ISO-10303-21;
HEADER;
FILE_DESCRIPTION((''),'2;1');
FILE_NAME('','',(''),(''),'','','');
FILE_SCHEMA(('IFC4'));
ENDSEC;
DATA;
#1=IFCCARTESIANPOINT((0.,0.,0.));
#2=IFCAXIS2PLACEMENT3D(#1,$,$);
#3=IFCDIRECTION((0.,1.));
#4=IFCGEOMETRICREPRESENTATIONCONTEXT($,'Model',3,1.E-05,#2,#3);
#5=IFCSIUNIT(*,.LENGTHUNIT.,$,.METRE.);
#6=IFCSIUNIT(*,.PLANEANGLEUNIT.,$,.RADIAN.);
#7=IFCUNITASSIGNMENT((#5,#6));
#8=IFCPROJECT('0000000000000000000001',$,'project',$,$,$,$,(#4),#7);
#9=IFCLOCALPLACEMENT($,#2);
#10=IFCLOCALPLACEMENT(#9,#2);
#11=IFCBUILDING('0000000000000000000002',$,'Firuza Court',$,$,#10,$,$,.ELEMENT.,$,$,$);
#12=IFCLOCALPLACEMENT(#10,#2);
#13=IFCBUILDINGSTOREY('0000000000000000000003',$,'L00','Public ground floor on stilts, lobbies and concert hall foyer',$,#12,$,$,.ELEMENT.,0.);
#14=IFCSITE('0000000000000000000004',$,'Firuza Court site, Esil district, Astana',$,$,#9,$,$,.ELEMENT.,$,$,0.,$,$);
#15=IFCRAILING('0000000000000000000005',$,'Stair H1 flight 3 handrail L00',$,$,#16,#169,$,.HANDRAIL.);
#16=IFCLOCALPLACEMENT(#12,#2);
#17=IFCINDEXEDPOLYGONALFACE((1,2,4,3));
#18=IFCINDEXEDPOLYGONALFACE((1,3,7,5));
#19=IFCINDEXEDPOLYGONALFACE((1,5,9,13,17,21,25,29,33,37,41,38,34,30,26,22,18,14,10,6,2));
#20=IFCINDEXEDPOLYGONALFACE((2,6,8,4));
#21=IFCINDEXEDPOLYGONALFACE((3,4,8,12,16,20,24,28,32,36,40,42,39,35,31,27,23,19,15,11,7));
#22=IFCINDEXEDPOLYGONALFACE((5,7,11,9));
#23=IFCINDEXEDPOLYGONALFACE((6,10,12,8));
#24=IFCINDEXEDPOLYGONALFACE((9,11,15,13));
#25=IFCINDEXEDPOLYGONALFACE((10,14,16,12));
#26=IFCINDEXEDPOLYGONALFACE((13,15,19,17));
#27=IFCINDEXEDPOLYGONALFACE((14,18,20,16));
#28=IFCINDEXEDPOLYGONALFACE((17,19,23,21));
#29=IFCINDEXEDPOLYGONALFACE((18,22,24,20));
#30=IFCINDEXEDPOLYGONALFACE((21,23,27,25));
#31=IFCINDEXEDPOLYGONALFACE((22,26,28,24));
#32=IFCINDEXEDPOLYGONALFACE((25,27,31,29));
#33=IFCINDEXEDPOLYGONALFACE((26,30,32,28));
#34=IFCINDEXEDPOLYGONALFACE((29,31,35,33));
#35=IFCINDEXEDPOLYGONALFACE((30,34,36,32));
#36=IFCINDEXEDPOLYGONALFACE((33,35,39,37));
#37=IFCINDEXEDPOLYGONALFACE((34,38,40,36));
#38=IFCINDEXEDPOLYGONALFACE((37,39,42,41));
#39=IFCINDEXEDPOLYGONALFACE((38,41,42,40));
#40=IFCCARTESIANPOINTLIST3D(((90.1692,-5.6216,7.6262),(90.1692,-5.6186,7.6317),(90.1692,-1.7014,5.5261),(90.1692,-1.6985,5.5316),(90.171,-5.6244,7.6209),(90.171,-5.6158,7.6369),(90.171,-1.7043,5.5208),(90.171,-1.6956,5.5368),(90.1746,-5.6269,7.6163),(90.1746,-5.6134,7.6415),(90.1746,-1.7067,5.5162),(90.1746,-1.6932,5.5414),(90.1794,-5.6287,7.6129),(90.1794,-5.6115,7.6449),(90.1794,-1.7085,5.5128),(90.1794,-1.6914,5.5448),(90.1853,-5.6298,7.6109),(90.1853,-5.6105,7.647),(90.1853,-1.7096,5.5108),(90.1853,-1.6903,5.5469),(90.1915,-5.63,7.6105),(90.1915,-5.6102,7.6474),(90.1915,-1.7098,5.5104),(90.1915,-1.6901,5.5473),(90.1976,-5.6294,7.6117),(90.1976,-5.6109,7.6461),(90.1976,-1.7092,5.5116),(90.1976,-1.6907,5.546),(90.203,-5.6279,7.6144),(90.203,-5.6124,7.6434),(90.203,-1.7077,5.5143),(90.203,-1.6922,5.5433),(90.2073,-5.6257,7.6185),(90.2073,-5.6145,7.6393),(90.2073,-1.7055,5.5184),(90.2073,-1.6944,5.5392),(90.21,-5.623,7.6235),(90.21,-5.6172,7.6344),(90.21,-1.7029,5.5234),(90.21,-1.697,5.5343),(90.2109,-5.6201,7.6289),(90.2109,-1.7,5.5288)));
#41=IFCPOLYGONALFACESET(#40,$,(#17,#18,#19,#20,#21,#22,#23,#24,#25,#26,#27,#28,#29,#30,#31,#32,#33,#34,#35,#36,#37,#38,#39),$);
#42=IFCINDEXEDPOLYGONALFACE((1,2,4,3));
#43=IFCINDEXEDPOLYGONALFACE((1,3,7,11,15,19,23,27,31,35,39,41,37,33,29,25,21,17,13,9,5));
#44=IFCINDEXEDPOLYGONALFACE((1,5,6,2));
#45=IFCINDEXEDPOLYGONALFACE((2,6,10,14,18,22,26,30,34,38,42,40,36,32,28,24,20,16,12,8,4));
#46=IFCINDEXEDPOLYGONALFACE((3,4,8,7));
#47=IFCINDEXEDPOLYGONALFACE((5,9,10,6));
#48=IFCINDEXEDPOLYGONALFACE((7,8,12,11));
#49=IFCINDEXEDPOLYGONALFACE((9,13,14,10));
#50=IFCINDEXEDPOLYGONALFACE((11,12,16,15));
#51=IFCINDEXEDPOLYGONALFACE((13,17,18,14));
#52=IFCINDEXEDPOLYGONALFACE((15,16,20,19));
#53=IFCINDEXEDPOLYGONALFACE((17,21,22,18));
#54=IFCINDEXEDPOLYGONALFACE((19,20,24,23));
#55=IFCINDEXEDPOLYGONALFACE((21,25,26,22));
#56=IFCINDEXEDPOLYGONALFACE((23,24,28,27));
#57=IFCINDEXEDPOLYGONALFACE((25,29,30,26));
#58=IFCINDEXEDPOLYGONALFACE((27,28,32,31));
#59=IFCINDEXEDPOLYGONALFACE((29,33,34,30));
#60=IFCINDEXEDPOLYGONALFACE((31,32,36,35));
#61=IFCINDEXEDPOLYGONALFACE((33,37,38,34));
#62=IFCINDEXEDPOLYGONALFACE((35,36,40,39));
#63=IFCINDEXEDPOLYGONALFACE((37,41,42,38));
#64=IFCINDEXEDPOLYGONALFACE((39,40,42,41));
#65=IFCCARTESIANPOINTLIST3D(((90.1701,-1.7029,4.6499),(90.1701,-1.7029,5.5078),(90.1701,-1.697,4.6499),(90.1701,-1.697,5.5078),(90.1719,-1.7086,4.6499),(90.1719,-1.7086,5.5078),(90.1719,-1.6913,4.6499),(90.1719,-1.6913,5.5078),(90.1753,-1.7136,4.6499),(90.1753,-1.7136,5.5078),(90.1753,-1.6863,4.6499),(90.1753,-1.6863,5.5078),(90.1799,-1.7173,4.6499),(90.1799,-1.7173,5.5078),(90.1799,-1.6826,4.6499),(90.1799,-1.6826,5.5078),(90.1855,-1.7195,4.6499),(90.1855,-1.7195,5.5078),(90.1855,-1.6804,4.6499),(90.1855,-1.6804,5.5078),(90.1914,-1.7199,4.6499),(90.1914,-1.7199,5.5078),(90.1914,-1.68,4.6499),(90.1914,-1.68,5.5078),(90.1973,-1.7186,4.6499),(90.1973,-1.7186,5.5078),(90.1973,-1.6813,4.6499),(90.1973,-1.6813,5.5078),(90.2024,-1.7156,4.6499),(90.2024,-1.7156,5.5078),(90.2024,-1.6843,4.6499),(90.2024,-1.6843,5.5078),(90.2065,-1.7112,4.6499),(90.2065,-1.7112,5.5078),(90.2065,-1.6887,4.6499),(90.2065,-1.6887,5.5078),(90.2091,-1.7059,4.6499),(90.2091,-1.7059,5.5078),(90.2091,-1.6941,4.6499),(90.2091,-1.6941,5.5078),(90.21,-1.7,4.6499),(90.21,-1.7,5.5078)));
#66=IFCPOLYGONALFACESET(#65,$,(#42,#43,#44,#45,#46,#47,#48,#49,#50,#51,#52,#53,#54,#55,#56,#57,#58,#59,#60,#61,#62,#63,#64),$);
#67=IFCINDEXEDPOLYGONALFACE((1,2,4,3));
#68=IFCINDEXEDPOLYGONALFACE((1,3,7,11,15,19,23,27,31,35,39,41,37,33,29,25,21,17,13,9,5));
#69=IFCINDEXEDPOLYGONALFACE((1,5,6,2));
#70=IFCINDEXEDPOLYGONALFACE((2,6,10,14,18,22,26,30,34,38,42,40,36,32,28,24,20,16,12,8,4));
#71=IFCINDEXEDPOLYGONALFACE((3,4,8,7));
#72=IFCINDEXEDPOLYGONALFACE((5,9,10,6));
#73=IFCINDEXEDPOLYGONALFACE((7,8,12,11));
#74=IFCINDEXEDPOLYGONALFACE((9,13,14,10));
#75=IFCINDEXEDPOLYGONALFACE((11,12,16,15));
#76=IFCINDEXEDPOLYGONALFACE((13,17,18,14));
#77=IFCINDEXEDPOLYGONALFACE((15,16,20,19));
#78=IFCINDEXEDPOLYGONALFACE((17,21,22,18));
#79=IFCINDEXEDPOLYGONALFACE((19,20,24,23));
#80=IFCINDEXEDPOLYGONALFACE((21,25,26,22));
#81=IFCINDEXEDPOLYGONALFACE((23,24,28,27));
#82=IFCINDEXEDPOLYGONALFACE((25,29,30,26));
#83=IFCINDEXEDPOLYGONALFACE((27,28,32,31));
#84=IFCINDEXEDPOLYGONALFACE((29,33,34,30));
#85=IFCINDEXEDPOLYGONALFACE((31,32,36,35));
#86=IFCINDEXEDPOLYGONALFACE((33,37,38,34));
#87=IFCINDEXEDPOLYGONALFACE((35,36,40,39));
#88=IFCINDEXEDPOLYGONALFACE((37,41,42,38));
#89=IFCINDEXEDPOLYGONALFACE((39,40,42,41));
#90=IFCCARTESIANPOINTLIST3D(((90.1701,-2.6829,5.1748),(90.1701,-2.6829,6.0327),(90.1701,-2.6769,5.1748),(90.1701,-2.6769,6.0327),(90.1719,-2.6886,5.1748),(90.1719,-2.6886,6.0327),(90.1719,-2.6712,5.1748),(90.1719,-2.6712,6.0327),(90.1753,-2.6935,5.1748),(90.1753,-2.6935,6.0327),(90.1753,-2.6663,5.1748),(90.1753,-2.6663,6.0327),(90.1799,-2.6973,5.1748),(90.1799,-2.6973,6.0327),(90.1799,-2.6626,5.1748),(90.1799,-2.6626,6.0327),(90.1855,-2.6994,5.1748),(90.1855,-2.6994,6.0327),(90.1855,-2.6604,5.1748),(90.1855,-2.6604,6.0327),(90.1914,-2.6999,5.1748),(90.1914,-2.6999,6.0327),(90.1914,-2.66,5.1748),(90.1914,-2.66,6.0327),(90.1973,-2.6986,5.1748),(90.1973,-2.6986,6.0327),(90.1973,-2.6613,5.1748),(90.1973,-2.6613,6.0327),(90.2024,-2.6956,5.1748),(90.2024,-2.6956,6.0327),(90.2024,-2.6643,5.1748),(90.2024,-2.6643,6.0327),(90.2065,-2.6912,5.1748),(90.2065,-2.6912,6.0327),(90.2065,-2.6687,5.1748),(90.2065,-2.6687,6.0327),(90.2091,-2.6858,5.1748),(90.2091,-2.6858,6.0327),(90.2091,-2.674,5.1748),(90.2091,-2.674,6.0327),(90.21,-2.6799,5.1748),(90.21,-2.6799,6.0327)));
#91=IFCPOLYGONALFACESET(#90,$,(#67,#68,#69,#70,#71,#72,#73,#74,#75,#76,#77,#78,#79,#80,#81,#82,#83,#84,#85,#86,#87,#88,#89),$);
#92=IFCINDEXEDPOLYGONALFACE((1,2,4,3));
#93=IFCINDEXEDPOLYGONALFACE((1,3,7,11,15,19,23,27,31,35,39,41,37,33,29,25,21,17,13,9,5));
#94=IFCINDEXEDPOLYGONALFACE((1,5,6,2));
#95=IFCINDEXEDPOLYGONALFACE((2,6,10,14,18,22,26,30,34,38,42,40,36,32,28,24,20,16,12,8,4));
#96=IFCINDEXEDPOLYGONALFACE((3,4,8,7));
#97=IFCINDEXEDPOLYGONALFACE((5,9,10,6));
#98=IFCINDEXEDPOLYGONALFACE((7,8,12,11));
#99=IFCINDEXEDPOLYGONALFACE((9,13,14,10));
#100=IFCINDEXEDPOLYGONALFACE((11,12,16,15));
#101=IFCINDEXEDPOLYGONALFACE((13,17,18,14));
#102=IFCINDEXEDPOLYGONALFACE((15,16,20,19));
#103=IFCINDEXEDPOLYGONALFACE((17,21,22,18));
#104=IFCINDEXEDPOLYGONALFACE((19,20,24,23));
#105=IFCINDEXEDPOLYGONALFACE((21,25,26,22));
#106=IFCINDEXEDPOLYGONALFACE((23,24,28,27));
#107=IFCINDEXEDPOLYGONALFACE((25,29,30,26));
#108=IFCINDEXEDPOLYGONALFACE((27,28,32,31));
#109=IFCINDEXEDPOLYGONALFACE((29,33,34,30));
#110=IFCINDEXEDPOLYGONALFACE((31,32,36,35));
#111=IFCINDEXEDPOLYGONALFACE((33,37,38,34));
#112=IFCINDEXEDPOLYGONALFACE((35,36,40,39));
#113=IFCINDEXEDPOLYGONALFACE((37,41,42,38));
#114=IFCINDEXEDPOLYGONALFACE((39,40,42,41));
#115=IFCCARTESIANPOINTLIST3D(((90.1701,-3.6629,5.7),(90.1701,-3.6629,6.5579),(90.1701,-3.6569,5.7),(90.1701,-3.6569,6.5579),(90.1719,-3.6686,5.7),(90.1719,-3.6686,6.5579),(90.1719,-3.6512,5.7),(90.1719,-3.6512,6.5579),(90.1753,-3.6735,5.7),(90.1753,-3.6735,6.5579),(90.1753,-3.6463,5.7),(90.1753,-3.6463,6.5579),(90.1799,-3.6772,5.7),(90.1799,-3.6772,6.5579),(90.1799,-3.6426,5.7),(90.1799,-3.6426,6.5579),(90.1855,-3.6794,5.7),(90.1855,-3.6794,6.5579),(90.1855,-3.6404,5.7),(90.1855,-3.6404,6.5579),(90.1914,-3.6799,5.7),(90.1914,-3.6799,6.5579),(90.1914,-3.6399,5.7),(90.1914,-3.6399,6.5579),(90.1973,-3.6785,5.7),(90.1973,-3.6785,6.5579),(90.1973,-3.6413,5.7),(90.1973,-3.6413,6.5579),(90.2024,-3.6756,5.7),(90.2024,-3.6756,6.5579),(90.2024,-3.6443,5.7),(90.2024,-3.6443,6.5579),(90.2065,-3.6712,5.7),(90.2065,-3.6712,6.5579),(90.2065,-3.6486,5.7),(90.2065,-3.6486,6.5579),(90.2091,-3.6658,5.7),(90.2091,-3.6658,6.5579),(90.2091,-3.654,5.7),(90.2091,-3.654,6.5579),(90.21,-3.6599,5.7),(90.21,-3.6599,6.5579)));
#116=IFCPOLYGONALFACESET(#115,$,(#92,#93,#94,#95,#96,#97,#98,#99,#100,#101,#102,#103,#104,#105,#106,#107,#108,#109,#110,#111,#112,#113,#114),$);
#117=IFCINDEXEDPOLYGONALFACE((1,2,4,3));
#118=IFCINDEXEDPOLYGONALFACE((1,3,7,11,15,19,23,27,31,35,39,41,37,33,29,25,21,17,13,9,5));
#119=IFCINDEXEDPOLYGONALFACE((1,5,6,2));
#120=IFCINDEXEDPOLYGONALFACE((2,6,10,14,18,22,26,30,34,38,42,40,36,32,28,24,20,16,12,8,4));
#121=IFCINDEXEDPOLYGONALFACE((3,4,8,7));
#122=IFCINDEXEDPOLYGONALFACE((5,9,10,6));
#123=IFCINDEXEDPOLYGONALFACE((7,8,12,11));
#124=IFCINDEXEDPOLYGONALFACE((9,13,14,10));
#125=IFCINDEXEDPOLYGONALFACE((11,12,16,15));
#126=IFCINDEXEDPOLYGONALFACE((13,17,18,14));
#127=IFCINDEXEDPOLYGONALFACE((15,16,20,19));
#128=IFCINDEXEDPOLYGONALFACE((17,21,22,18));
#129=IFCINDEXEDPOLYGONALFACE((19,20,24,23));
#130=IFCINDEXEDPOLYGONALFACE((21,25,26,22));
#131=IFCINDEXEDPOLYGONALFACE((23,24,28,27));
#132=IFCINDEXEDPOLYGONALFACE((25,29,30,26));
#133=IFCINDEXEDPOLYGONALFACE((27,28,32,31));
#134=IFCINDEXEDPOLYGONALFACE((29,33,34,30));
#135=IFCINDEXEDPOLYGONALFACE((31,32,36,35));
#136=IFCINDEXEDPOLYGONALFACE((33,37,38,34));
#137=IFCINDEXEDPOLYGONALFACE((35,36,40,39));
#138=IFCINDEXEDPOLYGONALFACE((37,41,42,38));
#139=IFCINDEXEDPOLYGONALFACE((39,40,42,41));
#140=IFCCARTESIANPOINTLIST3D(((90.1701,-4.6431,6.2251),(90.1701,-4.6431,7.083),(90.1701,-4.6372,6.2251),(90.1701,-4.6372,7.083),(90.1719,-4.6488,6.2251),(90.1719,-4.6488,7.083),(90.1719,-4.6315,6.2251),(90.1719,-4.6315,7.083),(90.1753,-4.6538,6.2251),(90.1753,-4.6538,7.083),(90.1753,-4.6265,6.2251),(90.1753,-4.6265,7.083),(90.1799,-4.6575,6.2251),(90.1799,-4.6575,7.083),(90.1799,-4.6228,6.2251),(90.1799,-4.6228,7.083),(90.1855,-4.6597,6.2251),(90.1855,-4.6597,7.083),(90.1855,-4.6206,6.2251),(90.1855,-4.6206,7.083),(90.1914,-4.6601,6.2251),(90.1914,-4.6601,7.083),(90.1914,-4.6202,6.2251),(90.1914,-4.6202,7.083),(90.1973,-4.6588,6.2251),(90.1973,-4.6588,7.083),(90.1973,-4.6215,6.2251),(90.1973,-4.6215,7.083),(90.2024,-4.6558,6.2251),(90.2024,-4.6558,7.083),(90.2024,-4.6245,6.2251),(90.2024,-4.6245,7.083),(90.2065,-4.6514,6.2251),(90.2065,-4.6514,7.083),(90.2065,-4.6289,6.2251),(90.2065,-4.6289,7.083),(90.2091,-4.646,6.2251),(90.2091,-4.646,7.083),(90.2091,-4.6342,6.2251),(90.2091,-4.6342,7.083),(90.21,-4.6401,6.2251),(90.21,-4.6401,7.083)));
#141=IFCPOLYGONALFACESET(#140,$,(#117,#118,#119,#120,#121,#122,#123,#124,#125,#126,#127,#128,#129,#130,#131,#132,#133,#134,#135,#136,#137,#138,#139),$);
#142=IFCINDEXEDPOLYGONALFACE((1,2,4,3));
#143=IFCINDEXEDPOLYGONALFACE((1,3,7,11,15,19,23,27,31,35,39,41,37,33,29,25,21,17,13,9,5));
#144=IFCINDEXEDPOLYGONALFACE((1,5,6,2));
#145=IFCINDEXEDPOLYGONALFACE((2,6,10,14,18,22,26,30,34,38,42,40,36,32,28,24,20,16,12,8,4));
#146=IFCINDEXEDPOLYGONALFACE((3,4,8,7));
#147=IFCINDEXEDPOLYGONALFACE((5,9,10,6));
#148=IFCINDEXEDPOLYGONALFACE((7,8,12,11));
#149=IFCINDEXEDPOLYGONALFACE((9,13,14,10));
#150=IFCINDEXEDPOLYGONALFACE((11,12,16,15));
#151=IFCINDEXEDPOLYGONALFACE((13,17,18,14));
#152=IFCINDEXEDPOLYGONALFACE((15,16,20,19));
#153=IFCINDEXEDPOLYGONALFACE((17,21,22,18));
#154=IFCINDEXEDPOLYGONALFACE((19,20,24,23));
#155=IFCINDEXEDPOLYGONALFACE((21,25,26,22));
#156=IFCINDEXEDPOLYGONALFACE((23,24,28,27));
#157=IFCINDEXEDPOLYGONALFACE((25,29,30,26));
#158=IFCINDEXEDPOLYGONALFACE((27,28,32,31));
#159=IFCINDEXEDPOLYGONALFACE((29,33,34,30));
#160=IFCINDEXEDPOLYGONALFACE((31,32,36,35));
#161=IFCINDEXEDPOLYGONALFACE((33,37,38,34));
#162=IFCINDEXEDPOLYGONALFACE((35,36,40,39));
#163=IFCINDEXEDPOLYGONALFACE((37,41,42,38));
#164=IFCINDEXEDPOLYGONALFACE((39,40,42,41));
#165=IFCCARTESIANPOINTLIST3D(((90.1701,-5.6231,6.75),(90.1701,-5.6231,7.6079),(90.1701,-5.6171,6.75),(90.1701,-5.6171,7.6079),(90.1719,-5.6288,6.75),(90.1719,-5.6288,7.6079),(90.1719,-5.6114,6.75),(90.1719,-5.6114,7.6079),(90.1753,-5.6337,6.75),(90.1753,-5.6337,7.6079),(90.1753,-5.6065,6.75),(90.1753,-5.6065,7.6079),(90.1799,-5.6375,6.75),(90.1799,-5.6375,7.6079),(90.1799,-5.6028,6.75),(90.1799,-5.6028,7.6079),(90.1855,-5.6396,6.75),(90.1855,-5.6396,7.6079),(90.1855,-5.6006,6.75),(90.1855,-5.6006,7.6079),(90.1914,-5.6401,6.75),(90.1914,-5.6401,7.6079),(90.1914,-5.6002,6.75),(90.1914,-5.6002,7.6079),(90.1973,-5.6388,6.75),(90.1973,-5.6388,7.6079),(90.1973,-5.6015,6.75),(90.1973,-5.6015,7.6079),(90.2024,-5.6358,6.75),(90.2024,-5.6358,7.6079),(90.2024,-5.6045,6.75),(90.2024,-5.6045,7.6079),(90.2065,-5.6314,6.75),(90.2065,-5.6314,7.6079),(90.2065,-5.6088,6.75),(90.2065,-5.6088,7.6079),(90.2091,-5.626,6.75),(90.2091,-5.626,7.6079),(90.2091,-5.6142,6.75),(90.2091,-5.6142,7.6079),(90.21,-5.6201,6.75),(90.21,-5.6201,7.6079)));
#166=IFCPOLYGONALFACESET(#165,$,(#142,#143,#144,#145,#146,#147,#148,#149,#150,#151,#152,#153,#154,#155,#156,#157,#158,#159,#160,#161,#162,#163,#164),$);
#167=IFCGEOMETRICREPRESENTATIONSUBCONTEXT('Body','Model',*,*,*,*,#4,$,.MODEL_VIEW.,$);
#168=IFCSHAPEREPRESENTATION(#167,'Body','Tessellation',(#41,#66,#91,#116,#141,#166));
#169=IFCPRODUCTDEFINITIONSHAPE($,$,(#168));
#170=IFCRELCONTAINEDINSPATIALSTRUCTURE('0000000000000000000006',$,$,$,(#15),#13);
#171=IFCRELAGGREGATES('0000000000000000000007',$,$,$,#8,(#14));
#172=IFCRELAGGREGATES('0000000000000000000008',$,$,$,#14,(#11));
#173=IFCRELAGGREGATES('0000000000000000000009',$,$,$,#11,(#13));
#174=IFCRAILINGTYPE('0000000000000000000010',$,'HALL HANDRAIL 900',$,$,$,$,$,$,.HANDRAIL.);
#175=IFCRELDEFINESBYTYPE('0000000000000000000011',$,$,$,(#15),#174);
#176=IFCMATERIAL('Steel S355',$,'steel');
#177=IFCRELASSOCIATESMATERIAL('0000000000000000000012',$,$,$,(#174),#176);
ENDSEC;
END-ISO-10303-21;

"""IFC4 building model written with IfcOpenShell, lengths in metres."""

from ifc_helpers import new_model, si_unit, direction, frame, origin, origin_2d, place, context, subcontext, project, spatial, circle, extrude, material, type_object, element, save


model = new_model("IFC4")

# Units and contexts
model_context = context("Model", 3, precision=1e-05, world=origin(), true_north=direction((0.0, 1.0)))
body_context = subcontext(model_context, "Body", "Model", "MODEL_VIEW")
ifc_project = project(units=[si_unit("LENGTHUNIT", "METRE"), si_unit("PLANEANGLEUNIT", "RADIAN")], contexts=[model_context])

# Site, building, storey
site_placement = place(None, origin())
site = spatial("IfcSite", under=ifc_project, at=site_placement, Name="Firuza Court site, Esil district, Astana", CompositionType="ELEMENT", RefElevation=0.0)
building_placement = place(site_placement, origin())
building = spatial("IfcBuilding", under=site, at=building_placement, Name="Firuza Court", CompositionType="ELEMENT")
storey_placement = place(building_placement, origin())
storey = spatial("IfcBuildingStorey", under=building, at=storey_placement, Name="L00", Description="Public ground floor on stilts, lobbies and concert hall foyer", CompositionType="ELEMENT", Elevation=0.0)

# Railing
ifc_material_1 = material(Name="Steel S355", Category="steel")
railing_type_1 = type_object("IfcRailingType", Name="HALL HANDRAIL 900", PredefinedType="HANDRAIL", material=ifc_material_1)
railing_1_placement = place(storey_placement, frame((90.1899, -1.7, 4.6499)))
element("IfcRailing", 1, at=railing_1_placement, inside=storey, type_object=railing_type_1, Name="Stair H1 flight 3 handrail L00", PredefinedType="HANDRAIL", context=body_context, shape_type="SweptSolid", body=[
    extrude(circle(Radius=0.021, at=origin_2d()), frame((0.0, 0.0, 0.8789), z_axis=(0.0, -0.881479, 0.472223), x_axis=(1.0, 0.0, 0.0)), (0.0, 0.0, 1.0), 4.4473),
    extrude(circle(Radius=0.02, at=origin_2d()), origin(), (0.0, 0.0, 1.0), 0.8579),
    extrude(circle(Radius=0.02, at=origin_2d()), frame((0.0, -0.98, 0.5249)), (0.0, 0.0, 1.0), 0.8579),
    extrude(circle(Radius=0.02, at=origin_2d()), frame((0.0, -1.96, 1.05)), (0.0, 0.0, 1.0), 0.8579),
    extrude(circle(Radius=0.02, at=origin_2d()), frame((0.0, -2.9402, 1.5752)), (0.0, 0.0, 1.0), 0.8579),
    extrude(circle(Radius=0.02, at=origin_2d()), frame((0.0, -3.9202, 2.1001)), (0.0, 0.0, 1.0), 0.8579),
])

save(model, "model.ifc")
